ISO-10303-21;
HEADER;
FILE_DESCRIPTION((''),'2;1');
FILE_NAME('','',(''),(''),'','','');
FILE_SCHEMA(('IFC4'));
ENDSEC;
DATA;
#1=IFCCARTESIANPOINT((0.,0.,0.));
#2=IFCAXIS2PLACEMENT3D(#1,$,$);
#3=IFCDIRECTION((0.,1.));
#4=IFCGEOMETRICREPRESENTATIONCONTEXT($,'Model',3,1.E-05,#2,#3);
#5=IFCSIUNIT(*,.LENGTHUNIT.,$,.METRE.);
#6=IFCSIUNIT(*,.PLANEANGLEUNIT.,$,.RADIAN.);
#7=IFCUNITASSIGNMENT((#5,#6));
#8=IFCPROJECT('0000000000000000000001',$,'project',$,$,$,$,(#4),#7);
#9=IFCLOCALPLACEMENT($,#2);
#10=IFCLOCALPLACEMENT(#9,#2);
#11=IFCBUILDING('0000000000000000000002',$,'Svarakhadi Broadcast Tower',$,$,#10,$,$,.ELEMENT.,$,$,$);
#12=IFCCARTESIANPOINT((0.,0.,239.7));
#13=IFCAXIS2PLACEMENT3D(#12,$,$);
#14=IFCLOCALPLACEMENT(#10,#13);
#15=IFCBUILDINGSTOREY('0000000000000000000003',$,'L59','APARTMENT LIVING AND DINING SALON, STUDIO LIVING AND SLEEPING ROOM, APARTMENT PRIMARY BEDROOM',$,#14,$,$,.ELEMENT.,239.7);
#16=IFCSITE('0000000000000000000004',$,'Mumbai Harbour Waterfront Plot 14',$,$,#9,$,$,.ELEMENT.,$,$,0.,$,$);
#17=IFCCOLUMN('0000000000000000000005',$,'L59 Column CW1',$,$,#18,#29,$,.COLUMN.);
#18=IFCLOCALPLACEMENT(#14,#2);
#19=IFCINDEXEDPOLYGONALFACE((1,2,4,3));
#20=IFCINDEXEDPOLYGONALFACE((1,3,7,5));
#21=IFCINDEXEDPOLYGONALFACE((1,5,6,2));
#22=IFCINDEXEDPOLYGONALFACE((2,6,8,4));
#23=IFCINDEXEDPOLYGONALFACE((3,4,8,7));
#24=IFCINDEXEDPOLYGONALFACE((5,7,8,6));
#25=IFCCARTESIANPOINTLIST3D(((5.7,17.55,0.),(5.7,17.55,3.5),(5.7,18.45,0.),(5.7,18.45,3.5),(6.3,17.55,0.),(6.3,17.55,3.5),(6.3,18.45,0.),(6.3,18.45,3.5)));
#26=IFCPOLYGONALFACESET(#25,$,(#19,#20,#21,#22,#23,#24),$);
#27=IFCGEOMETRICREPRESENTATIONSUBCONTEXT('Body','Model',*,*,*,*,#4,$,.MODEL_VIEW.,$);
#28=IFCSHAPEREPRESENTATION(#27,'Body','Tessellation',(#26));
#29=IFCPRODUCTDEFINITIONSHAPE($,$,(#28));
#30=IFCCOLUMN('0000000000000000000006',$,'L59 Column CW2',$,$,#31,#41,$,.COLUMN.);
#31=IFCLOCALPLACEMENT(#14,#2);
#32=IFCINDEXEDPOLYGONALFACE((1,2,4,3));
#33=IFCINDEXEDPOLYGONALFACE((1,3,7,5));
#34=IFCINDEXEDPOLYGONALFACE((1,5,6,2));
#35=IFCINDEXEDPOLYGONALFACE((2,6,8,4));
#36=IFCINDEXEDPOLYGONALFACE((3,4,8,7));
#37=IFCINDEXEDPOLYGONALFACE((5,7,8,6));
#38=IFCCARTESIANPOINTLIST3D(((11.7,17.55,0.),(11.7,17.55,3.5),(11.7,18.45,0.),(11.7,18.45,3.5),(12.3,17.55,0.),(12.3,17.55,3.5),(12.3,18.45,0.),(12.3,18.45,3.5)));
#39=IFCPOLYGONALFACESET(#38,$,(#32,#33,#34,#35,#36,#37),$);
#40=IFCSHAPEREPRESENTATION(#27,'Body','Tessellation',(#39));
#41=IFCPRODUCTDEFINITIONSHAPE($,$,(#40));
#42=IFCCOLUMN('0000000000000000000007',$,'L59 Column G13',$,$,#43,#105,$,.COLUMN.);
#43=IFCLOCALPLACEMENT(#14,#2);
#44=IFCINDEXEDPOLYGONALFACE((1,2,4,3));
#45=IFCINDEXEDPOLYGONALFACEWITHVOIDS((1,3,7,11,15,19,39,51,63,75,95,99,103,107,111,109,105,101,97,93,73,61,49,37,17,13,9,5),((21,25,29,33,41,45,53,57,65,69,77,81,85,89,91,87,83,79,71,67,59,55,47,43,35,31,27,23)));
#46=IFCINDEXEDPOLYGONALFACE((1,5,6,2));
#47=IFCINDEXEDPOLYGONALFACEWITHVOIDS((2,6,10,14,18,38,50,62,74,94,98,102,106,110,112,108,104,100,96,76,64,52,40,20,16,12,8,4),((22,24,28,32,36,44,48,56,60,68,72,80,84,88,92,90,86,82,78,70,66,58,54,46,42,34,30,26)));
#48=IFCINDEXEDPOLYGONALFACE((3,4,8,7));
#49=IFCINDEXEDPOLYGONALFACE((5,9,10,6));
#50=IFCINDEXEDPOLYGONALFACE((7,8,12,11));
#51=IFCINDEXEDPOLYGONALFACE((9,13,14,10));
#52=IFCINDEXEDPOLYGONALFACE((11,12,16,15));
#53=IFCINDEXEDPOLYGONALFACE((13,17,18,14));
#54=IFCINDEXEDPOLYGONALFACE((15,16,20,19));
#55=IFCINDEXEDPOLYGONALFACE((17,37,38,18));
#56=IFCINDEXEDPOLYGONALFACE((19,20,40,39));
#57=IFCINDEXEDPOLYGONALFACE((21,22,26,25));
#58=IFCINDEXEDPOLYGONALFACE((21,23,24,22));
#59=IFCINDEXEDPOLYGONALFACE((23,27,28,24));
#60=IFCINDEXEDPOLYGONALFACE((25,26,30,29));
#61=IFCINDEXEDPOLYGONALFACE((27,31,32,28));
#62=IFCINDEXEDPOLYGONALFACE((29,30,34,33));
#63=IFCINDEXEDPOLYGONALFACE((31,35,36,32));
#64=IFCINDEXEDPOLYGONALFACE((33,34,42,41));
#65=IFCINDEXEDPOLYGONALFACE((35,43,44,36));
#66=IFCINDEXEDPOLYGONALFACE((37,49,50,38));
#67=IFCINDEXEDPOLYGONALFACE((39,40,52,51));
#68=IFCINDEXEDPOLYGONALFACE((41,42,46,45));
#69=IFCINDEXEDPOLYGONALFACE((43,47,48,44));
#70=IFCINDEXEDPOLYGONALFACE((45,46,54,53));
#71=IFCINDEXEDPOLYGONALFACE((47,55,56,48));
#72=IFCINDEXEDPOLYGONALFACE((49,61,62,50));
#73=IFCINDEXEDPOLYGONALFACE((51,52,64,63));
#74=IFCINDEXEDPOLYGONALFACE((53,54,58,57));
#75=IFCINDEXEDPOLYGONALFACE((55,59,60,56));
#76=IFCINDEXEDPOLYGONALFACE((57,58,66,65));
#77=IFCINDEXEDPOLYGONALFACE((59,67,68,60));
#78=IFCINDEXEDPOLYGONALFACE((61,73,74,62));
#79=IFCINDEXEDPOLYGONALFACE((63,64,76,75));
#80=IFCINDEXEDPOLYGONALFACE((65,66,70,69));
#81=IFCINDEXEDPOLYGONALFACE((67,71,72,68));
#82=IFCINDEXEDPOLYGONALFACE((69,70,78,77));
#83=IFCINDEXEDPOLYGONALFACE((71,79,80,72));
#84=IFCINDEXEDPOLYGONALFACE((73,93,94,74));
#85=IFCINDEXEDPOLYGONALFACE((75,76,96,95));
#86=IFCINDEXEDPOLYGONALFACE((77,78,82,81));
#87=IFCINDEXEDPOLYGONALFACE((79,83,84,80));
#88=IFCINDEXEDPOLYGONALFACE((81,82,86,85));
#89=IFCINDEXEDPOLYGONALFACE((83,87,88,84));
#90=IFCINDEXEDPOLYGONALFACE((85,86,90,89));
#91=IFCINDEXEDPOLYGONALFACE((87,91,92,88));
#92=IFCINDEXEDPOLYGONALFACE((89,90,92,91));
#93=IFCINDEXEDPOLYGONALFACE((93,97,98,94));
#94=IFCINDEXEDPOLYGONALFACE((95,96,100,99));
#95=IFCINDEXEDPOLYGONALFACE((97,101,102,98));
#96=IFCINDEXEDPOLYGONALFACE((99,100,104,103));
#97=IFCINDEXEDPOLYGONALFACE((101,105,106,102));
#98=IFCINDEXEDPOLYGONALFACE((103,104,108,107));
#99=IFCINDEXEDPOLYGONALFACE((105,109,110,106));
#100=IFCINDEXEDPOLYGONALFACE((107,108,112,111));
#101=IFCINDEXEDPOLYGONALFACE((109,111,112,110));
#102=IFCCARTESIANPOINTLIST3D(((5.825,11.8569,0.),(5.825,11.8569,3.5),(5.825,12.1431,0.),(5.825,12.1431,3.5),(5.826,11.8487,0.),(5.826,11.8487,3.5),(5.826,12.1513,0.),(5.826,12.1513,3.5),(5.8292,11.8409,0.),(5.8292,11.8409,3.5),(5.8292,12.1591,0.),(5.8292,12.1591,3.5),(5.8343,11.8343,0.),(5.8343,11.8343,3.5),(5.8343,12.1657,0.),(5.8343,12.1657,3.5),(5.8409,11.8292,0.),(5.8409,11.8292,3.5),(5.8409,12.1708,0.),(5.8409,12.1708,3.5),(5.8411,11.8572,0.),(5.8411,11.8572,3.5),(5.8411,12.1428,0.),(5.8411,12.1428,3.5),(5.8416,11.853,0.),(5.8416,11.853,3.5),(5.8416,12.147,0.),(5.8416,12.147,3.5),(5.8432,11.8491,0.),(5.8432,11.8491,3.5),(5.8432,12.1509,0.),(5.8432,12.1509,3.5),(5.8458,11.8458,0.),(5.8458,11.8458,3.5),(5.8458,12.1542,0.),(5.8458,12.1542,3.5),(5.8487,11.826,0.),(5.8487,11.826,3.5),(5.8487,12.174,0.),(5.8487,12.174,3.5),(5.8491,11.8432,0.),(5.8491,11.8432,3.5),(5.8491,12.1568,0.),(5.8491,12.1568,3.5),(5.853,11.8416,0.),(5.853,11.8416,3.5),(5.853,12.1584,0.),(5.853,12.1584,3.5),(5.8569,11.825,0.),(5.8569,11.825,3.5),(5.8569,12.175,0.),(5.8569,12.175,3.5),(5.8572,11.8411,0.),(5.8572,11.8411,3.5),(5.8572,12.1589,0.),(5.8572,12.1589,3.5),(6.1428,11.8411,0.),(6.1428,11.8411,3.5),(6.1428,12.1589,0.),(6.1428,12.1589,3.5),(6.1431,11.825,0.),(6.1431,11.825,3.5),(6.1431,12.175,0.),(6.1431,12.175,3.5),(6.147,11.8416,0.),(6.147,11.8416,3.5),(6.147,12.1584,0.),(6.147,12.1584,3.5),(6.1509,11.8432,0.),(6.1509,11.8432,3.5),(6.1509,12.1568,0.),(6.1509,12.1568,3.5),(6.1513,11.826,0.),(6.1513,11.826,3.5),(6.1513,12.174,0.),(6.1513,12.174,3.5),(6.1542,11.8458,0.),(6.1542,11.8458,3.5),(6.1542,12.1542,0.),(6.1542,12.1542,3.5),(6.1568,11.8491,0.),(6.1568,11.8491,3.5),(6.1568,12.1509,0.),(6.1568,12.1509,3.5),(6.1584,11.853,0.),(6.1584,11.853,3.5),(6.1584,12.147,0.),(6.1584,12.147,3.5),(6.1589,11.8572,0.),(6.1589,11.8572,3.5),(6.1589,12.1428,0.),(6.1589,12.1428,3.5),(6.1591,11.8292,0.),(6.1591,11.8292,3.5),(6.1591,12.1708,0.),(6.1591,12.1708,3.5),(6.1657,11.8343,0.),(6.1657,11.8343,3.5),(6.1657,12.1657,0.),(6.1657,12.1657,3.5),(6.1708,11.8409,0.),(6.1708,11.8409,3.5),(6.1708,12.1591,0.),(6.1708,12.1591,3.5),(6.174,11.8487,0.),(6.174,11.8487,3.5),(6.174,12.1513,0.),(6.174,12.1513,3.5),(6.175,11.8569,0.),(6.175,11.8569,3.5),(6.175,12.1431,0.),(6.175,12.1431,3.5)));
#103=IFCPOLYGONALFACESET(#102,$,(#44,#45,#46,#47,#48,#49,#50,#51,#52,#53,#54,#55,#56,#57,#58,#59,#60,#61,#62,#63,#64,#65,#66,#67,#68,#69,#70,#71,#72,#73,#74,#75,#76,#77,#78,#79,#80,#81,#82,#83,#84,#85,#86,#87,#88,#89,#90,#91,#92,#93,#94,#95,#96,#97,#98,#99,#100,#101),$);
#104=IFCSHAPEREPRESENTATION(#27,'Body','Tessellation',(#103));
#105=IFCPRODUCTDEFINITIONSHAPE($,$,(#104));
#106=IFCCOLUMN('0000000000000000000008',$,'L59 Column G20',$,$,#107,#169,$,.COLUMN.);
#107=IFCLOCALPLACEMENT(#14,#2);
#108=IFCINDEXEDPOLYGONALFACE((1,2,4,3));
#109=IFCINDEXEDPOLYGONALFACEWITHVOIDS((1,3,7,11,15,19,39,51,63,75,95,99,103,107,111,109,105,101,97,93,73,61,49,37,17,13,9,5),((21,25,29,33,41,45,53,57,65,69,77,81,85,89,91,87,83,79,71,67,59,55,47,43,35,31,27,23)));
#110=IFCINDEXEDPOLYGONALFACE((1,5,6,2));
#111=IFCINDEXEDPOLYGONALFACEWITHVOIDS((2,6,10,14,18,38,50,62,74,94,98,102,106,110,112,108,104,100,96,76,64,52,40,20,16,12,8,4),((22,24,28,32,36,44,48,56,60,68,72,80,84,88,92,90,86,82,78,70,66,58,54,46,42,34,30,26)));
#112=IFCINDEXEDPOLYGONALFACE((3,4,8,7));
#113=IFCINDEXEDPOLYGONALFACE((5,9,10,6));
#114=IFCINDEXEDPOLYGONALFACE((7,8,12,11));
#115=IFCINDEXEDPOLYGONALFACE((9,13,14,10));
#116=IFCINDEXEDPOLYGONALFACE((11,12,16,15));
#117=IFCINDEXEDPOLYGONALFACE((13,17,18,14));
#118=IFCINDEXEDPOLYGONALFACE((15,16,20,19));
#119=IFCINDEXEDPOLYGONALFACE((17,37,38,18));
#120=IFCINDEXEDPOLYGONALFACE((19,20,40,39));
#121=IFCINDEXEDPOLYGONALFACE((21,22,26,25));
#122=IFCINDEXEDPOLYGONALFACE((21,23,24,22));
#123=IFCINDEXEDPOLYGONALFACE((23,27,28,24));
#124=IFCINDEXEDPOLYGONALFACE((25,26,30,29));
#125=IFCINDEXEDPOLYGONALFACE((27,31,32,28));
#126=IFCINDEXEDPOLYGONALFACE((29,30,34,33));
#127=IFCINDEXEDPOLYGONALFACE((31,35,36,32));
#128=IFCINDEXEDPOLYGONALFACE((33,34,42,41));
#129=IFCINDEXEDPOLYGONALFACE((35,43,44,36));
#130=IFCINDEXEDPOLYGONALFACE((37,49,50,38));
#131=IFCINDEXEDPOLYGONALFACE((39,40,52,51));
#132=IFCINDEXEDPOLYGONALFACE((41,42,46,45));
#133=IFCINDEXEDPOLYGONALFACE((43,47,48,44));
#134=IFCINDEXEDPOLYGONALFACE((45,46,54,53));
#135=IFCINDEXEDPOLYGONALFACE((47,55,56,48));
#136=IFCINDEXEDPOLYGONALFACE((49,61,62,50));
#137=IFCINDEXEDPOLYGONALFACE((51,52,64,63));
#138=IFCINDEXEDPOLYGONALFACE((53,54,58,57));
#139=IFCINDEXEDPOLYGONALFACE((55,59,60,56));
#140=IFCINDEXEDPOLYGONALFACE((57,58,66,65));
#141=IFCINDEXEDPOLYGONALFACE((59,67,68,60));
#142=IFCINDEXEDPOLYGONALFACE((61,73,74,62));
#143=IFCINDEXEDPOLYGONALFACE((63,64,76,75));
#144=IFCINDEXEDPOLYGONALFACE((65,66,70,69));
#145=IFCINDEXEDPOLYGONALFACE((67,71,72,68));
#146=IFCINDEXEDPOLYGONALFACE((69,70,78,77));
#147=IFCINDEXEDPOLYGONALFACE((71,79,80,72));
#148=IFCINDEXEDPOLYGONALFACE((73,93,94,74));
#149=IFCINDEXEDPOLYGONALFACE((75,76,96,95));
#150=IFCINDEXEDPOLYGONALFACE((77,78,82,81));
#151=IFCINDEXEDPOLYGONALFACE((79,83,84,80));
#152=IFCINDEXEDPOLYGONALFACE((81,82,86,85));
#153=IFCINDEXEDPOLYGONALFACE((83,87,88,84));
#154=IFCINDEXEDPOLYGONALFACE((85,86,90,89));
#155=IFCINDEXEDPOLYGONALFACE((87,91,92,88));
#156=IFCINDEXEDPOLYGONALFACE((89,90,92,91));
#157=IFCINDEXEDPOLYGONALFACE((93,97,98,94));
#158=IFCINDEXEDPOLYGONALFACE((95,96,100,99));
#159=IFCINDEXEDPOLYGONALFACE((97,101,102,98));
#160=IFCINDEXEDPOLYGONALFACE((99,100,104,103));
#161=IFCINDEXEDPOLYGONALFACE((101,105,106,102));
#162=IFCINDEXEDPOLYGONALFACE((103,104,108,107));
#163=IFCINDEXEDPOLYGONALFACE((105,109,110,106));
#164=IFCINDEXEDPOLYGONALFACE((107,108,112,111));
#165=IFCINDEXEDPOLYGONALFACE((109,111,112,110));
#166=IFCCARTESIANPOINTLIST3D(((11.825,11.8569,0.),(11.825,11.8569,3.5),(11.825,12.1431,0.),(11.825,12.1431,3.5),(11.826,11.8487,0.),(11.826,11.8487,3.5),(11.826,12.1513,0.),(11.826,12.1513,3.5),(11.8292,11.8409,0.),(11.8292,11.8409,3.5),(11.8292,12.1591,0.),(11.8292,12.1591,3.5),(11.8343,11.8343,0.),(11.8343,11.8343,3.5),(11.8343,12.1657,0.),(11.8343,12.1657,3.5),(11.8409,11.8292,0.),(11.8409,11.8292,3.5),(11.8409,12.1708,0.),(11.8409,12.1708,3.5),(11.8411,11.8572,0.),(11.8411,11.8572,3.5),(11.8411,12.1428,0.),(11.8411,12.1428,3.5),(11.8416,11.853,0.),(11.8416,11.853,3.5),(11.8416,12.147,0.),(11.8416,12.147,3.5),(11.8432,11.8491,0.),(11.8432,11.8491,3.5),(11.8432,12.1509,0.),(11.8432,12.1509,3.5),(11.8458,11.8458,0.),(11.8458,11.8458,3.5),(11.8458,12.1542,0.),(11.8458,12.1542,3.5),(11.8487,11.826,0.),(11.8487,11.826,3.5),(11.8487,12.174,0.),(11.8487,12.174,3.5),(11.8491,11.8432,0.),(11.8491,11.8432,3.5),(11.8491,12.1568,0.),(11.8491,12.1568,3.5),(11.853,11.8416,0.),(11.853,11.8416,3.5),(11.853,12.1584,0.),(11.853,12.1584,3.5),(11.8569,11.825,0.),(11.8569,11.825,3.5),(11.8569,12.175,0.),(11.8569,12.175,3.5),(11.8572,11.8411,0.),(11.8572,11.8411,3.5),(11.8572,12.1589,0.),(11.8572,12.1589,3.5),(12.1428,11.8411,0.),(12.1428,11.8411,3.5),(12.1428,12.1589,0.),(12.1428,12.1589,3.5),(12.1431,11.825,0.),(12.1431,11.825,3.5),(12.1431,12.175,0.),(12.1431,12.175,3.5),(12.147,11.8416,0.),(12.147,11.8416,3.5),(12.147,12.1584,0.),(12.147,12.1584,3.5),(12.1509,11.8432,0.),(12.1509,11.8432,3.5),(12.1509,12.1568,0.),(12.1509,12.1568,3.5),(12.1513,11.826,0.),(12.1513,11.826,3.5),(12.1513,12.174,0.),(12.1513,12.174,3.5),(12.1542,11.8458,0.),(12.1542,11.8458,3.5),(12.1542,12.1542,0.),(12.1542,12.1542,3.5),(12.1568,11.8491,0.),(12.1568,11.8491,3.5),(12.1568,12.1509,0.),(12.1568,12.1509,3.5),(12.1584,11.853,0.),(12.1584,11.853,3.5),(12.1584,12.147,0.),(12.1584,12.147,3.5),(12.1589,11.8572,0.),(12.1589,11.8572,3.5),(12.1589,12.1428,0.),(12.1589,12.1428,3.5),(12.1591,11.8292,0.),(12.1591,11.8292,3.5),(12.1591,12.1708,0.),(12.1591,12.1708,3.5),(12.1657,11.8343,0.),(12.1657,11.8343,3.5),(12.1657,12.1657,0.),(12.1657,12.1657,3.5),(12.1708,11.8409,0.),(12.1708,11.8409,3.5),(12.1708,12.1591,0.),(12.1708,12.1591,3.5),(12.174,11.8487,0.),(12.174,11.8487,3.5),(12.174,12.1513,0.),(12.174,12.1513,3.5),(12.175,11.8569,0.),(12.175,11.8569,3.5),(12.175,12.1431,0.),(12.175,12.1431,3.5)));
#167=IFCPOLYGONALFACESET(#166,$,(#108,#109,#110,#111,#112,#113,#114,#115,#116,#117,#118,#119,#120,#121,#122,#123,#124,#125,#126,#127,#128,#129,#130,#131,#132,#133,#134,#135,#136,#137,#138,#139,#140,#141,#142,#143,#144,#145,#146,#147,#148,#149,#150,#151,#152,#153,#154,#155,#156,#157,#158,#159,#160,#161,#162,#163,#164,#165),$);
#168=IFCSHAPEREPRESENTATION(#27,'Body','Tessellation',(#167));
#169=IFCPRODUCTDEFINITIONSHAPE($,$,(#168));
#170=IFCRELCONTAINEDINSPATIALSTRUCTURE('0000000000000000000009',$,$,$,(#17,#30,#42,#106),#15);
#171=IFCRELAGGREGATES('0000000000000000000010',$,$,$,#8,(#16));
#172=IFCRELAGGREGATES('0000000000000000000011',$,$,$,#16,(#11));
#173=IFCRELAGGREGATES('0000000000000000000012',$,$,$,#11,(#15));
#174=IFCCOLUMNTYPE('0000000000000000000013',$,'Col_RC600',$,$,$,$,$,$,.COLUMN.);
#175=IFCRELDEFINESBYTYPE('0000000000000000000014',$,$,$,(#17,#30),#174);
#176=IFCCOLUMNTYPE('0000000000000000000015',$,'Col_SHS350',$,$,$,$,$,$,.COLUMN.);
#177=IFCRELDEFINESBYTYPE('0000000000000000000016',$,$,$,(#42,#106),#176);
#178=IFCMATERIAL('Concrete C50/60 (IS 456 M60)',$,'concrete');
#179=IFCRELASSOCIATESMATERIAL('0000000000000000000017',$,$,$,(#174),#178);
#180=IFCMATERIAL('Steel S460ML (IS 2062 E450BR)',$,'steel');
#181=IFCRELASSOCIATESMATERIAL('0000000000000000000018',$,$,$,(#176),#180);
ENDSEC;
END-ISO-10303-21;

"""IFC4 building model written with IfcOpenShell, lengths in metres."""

from ifc_helpers import new_model, si_unit, direction, frame, origin, origin_2d, place, context, subcontext, project, spatial, rectangle, hollow_rectangle, extrude, material, material_profile, profile_set, type_object, element, save


model = new_model("IFC4")

# Units and contexts
model_context = context("Model", 3, precision=1e-05, world=origin(), true_north=direction((0.0, 1.0)))
body_context = subcontext(model_context, "Body", "Model", "MODEL_VIEW")
ifc_project = project(units=[si_unit("LENGTHUNIT", "METRE"), si_unit("PLANEANGLEUNIT", "RADIAN")], contexts=[model_context])

# Site, building, storey
site_placement = place(None, origin())
site = spatial("IfcSite", under=ifc_project, at=site_placement, Name="Mumbai Harbour Waterfront Plot 14", CompositionType="ELEMENT", RefElevation=0.0)
building_placement = place(site_placement, origin())
building = spatial("IfcBuilding", under=site, at=building_placement, Name="Svarakhadi Broadcast Tower", CompositionType="ELEMENT")
storey_placement = place(building_placement, frame((0.0, 0.0, 239.7)))
storey = spatial("IfcBuildingStorey", under=building, at=storey_placement, Name="L59", Description="APARTMENT LIVING AND DINING SALON, STUDIO LIVING AND SLEEPING ROOM, APARTMENT PRIMARY BEDROOM", CompositionType="ELEMENT", Elevation=239.7)

# Columns
ifc_material_1 = material(Name="Concrete C50/60 (IS 456 M60)", Category="concrete")
ifc_material_profile_1 = material_profile(ifc_material_1, rectangle(XDim=0.6001, YDim=0.8999, at=origin_2d()), Name="RC 600x900")
ifc_profile_set_1 = profile_set([ifc_material_profile_1], Name="Concrete C50/60 (IS 456 M60)")
column_type_1 = type_object("IfcColumnType", Name="Col_RC600", PredefinedType="COLUMN", material=ifc_profile_set_1)
for number, where, z_axis, x_axis, name in (
    (1, (6.0, 18.0, 0.0), (0.0, 0.0, 1.0), (1.0, 0.0, 0.0), "L59 Column CW1"),
    (2, (12.0, 18.0, 0.0), (0.0, 0.0, 1.0), (1.0, 0.0, 0.0), "L59 Column CW2"),
):
    element("IfcColumn", number, at=place(storey_placement, frame(where, z_axis=z_axis, x_axis=x_axis)), inside=storey, type_object=column_type_1, Name=name, PredefinedType="COLUMN", context=body_context, shape_type="SweptSolid", body=[
        extrude(rectangle(XDim=0.6001, YDim=0.8999, at=origin_2d()), origin(), (0.0, 0.0, 1.0), 3.5),
    ])
ifc_material_2 = material(Name="Steel S460ML (IS 2062 E450BR)", Category="steel")
ifc_material_profile_2 = material_profile(ifc_material_2, hollow_rectangle(XDim=0.3501, YDim=0.3501, WallThickness=0.0161, InnerFilletRadius=0.0161, OuterFilletRadius=0.032, at=origin_2d()), Name="SHS 350x350x16")
ifc_profile_set_2 = profile_set([ifc_material_profile_2], Name="Steel S460ML (IS 2062 E450BR)")
column_type_2 = type_object("IfcColumnType", Name="Col_SHS350", PredefinedType="COLUMN", material=ifc_profile_set_2)
for number, where, z_axis, x_axis, name in (
    (3, (6.0, 12.0, 0.0), (0.0, 0.0, 1.0), (1.0, 0.0, 0.0), "L59 Column G13"),
    (4, (12.0, 12.0, 0.0), (0.0, 0.0, 1.0), (1.0, 0.0, 0.0), "L59 Column G20"),
):
    element("IfcColumn", number, at=place(storey_placement, frame(where, z_axis=z_axis, x_axis=x_axis)), inside=storey, type_object=column_type_2, Name=name, PredefinedType="COLUMN", context=body_context, shape_type="SweptSolid", body=[
        extrude(hollow_rectangle(XDim=0.3501, YDim=0.3501, WallThickness=0.0161, InnerFilletRadius=0.0161, OuterFilletRadius=0.032, at=origin_2d()), origin(), (0.0, 0.0, 1.0), 3.5),
    ])

save(model, "model.ifc")
